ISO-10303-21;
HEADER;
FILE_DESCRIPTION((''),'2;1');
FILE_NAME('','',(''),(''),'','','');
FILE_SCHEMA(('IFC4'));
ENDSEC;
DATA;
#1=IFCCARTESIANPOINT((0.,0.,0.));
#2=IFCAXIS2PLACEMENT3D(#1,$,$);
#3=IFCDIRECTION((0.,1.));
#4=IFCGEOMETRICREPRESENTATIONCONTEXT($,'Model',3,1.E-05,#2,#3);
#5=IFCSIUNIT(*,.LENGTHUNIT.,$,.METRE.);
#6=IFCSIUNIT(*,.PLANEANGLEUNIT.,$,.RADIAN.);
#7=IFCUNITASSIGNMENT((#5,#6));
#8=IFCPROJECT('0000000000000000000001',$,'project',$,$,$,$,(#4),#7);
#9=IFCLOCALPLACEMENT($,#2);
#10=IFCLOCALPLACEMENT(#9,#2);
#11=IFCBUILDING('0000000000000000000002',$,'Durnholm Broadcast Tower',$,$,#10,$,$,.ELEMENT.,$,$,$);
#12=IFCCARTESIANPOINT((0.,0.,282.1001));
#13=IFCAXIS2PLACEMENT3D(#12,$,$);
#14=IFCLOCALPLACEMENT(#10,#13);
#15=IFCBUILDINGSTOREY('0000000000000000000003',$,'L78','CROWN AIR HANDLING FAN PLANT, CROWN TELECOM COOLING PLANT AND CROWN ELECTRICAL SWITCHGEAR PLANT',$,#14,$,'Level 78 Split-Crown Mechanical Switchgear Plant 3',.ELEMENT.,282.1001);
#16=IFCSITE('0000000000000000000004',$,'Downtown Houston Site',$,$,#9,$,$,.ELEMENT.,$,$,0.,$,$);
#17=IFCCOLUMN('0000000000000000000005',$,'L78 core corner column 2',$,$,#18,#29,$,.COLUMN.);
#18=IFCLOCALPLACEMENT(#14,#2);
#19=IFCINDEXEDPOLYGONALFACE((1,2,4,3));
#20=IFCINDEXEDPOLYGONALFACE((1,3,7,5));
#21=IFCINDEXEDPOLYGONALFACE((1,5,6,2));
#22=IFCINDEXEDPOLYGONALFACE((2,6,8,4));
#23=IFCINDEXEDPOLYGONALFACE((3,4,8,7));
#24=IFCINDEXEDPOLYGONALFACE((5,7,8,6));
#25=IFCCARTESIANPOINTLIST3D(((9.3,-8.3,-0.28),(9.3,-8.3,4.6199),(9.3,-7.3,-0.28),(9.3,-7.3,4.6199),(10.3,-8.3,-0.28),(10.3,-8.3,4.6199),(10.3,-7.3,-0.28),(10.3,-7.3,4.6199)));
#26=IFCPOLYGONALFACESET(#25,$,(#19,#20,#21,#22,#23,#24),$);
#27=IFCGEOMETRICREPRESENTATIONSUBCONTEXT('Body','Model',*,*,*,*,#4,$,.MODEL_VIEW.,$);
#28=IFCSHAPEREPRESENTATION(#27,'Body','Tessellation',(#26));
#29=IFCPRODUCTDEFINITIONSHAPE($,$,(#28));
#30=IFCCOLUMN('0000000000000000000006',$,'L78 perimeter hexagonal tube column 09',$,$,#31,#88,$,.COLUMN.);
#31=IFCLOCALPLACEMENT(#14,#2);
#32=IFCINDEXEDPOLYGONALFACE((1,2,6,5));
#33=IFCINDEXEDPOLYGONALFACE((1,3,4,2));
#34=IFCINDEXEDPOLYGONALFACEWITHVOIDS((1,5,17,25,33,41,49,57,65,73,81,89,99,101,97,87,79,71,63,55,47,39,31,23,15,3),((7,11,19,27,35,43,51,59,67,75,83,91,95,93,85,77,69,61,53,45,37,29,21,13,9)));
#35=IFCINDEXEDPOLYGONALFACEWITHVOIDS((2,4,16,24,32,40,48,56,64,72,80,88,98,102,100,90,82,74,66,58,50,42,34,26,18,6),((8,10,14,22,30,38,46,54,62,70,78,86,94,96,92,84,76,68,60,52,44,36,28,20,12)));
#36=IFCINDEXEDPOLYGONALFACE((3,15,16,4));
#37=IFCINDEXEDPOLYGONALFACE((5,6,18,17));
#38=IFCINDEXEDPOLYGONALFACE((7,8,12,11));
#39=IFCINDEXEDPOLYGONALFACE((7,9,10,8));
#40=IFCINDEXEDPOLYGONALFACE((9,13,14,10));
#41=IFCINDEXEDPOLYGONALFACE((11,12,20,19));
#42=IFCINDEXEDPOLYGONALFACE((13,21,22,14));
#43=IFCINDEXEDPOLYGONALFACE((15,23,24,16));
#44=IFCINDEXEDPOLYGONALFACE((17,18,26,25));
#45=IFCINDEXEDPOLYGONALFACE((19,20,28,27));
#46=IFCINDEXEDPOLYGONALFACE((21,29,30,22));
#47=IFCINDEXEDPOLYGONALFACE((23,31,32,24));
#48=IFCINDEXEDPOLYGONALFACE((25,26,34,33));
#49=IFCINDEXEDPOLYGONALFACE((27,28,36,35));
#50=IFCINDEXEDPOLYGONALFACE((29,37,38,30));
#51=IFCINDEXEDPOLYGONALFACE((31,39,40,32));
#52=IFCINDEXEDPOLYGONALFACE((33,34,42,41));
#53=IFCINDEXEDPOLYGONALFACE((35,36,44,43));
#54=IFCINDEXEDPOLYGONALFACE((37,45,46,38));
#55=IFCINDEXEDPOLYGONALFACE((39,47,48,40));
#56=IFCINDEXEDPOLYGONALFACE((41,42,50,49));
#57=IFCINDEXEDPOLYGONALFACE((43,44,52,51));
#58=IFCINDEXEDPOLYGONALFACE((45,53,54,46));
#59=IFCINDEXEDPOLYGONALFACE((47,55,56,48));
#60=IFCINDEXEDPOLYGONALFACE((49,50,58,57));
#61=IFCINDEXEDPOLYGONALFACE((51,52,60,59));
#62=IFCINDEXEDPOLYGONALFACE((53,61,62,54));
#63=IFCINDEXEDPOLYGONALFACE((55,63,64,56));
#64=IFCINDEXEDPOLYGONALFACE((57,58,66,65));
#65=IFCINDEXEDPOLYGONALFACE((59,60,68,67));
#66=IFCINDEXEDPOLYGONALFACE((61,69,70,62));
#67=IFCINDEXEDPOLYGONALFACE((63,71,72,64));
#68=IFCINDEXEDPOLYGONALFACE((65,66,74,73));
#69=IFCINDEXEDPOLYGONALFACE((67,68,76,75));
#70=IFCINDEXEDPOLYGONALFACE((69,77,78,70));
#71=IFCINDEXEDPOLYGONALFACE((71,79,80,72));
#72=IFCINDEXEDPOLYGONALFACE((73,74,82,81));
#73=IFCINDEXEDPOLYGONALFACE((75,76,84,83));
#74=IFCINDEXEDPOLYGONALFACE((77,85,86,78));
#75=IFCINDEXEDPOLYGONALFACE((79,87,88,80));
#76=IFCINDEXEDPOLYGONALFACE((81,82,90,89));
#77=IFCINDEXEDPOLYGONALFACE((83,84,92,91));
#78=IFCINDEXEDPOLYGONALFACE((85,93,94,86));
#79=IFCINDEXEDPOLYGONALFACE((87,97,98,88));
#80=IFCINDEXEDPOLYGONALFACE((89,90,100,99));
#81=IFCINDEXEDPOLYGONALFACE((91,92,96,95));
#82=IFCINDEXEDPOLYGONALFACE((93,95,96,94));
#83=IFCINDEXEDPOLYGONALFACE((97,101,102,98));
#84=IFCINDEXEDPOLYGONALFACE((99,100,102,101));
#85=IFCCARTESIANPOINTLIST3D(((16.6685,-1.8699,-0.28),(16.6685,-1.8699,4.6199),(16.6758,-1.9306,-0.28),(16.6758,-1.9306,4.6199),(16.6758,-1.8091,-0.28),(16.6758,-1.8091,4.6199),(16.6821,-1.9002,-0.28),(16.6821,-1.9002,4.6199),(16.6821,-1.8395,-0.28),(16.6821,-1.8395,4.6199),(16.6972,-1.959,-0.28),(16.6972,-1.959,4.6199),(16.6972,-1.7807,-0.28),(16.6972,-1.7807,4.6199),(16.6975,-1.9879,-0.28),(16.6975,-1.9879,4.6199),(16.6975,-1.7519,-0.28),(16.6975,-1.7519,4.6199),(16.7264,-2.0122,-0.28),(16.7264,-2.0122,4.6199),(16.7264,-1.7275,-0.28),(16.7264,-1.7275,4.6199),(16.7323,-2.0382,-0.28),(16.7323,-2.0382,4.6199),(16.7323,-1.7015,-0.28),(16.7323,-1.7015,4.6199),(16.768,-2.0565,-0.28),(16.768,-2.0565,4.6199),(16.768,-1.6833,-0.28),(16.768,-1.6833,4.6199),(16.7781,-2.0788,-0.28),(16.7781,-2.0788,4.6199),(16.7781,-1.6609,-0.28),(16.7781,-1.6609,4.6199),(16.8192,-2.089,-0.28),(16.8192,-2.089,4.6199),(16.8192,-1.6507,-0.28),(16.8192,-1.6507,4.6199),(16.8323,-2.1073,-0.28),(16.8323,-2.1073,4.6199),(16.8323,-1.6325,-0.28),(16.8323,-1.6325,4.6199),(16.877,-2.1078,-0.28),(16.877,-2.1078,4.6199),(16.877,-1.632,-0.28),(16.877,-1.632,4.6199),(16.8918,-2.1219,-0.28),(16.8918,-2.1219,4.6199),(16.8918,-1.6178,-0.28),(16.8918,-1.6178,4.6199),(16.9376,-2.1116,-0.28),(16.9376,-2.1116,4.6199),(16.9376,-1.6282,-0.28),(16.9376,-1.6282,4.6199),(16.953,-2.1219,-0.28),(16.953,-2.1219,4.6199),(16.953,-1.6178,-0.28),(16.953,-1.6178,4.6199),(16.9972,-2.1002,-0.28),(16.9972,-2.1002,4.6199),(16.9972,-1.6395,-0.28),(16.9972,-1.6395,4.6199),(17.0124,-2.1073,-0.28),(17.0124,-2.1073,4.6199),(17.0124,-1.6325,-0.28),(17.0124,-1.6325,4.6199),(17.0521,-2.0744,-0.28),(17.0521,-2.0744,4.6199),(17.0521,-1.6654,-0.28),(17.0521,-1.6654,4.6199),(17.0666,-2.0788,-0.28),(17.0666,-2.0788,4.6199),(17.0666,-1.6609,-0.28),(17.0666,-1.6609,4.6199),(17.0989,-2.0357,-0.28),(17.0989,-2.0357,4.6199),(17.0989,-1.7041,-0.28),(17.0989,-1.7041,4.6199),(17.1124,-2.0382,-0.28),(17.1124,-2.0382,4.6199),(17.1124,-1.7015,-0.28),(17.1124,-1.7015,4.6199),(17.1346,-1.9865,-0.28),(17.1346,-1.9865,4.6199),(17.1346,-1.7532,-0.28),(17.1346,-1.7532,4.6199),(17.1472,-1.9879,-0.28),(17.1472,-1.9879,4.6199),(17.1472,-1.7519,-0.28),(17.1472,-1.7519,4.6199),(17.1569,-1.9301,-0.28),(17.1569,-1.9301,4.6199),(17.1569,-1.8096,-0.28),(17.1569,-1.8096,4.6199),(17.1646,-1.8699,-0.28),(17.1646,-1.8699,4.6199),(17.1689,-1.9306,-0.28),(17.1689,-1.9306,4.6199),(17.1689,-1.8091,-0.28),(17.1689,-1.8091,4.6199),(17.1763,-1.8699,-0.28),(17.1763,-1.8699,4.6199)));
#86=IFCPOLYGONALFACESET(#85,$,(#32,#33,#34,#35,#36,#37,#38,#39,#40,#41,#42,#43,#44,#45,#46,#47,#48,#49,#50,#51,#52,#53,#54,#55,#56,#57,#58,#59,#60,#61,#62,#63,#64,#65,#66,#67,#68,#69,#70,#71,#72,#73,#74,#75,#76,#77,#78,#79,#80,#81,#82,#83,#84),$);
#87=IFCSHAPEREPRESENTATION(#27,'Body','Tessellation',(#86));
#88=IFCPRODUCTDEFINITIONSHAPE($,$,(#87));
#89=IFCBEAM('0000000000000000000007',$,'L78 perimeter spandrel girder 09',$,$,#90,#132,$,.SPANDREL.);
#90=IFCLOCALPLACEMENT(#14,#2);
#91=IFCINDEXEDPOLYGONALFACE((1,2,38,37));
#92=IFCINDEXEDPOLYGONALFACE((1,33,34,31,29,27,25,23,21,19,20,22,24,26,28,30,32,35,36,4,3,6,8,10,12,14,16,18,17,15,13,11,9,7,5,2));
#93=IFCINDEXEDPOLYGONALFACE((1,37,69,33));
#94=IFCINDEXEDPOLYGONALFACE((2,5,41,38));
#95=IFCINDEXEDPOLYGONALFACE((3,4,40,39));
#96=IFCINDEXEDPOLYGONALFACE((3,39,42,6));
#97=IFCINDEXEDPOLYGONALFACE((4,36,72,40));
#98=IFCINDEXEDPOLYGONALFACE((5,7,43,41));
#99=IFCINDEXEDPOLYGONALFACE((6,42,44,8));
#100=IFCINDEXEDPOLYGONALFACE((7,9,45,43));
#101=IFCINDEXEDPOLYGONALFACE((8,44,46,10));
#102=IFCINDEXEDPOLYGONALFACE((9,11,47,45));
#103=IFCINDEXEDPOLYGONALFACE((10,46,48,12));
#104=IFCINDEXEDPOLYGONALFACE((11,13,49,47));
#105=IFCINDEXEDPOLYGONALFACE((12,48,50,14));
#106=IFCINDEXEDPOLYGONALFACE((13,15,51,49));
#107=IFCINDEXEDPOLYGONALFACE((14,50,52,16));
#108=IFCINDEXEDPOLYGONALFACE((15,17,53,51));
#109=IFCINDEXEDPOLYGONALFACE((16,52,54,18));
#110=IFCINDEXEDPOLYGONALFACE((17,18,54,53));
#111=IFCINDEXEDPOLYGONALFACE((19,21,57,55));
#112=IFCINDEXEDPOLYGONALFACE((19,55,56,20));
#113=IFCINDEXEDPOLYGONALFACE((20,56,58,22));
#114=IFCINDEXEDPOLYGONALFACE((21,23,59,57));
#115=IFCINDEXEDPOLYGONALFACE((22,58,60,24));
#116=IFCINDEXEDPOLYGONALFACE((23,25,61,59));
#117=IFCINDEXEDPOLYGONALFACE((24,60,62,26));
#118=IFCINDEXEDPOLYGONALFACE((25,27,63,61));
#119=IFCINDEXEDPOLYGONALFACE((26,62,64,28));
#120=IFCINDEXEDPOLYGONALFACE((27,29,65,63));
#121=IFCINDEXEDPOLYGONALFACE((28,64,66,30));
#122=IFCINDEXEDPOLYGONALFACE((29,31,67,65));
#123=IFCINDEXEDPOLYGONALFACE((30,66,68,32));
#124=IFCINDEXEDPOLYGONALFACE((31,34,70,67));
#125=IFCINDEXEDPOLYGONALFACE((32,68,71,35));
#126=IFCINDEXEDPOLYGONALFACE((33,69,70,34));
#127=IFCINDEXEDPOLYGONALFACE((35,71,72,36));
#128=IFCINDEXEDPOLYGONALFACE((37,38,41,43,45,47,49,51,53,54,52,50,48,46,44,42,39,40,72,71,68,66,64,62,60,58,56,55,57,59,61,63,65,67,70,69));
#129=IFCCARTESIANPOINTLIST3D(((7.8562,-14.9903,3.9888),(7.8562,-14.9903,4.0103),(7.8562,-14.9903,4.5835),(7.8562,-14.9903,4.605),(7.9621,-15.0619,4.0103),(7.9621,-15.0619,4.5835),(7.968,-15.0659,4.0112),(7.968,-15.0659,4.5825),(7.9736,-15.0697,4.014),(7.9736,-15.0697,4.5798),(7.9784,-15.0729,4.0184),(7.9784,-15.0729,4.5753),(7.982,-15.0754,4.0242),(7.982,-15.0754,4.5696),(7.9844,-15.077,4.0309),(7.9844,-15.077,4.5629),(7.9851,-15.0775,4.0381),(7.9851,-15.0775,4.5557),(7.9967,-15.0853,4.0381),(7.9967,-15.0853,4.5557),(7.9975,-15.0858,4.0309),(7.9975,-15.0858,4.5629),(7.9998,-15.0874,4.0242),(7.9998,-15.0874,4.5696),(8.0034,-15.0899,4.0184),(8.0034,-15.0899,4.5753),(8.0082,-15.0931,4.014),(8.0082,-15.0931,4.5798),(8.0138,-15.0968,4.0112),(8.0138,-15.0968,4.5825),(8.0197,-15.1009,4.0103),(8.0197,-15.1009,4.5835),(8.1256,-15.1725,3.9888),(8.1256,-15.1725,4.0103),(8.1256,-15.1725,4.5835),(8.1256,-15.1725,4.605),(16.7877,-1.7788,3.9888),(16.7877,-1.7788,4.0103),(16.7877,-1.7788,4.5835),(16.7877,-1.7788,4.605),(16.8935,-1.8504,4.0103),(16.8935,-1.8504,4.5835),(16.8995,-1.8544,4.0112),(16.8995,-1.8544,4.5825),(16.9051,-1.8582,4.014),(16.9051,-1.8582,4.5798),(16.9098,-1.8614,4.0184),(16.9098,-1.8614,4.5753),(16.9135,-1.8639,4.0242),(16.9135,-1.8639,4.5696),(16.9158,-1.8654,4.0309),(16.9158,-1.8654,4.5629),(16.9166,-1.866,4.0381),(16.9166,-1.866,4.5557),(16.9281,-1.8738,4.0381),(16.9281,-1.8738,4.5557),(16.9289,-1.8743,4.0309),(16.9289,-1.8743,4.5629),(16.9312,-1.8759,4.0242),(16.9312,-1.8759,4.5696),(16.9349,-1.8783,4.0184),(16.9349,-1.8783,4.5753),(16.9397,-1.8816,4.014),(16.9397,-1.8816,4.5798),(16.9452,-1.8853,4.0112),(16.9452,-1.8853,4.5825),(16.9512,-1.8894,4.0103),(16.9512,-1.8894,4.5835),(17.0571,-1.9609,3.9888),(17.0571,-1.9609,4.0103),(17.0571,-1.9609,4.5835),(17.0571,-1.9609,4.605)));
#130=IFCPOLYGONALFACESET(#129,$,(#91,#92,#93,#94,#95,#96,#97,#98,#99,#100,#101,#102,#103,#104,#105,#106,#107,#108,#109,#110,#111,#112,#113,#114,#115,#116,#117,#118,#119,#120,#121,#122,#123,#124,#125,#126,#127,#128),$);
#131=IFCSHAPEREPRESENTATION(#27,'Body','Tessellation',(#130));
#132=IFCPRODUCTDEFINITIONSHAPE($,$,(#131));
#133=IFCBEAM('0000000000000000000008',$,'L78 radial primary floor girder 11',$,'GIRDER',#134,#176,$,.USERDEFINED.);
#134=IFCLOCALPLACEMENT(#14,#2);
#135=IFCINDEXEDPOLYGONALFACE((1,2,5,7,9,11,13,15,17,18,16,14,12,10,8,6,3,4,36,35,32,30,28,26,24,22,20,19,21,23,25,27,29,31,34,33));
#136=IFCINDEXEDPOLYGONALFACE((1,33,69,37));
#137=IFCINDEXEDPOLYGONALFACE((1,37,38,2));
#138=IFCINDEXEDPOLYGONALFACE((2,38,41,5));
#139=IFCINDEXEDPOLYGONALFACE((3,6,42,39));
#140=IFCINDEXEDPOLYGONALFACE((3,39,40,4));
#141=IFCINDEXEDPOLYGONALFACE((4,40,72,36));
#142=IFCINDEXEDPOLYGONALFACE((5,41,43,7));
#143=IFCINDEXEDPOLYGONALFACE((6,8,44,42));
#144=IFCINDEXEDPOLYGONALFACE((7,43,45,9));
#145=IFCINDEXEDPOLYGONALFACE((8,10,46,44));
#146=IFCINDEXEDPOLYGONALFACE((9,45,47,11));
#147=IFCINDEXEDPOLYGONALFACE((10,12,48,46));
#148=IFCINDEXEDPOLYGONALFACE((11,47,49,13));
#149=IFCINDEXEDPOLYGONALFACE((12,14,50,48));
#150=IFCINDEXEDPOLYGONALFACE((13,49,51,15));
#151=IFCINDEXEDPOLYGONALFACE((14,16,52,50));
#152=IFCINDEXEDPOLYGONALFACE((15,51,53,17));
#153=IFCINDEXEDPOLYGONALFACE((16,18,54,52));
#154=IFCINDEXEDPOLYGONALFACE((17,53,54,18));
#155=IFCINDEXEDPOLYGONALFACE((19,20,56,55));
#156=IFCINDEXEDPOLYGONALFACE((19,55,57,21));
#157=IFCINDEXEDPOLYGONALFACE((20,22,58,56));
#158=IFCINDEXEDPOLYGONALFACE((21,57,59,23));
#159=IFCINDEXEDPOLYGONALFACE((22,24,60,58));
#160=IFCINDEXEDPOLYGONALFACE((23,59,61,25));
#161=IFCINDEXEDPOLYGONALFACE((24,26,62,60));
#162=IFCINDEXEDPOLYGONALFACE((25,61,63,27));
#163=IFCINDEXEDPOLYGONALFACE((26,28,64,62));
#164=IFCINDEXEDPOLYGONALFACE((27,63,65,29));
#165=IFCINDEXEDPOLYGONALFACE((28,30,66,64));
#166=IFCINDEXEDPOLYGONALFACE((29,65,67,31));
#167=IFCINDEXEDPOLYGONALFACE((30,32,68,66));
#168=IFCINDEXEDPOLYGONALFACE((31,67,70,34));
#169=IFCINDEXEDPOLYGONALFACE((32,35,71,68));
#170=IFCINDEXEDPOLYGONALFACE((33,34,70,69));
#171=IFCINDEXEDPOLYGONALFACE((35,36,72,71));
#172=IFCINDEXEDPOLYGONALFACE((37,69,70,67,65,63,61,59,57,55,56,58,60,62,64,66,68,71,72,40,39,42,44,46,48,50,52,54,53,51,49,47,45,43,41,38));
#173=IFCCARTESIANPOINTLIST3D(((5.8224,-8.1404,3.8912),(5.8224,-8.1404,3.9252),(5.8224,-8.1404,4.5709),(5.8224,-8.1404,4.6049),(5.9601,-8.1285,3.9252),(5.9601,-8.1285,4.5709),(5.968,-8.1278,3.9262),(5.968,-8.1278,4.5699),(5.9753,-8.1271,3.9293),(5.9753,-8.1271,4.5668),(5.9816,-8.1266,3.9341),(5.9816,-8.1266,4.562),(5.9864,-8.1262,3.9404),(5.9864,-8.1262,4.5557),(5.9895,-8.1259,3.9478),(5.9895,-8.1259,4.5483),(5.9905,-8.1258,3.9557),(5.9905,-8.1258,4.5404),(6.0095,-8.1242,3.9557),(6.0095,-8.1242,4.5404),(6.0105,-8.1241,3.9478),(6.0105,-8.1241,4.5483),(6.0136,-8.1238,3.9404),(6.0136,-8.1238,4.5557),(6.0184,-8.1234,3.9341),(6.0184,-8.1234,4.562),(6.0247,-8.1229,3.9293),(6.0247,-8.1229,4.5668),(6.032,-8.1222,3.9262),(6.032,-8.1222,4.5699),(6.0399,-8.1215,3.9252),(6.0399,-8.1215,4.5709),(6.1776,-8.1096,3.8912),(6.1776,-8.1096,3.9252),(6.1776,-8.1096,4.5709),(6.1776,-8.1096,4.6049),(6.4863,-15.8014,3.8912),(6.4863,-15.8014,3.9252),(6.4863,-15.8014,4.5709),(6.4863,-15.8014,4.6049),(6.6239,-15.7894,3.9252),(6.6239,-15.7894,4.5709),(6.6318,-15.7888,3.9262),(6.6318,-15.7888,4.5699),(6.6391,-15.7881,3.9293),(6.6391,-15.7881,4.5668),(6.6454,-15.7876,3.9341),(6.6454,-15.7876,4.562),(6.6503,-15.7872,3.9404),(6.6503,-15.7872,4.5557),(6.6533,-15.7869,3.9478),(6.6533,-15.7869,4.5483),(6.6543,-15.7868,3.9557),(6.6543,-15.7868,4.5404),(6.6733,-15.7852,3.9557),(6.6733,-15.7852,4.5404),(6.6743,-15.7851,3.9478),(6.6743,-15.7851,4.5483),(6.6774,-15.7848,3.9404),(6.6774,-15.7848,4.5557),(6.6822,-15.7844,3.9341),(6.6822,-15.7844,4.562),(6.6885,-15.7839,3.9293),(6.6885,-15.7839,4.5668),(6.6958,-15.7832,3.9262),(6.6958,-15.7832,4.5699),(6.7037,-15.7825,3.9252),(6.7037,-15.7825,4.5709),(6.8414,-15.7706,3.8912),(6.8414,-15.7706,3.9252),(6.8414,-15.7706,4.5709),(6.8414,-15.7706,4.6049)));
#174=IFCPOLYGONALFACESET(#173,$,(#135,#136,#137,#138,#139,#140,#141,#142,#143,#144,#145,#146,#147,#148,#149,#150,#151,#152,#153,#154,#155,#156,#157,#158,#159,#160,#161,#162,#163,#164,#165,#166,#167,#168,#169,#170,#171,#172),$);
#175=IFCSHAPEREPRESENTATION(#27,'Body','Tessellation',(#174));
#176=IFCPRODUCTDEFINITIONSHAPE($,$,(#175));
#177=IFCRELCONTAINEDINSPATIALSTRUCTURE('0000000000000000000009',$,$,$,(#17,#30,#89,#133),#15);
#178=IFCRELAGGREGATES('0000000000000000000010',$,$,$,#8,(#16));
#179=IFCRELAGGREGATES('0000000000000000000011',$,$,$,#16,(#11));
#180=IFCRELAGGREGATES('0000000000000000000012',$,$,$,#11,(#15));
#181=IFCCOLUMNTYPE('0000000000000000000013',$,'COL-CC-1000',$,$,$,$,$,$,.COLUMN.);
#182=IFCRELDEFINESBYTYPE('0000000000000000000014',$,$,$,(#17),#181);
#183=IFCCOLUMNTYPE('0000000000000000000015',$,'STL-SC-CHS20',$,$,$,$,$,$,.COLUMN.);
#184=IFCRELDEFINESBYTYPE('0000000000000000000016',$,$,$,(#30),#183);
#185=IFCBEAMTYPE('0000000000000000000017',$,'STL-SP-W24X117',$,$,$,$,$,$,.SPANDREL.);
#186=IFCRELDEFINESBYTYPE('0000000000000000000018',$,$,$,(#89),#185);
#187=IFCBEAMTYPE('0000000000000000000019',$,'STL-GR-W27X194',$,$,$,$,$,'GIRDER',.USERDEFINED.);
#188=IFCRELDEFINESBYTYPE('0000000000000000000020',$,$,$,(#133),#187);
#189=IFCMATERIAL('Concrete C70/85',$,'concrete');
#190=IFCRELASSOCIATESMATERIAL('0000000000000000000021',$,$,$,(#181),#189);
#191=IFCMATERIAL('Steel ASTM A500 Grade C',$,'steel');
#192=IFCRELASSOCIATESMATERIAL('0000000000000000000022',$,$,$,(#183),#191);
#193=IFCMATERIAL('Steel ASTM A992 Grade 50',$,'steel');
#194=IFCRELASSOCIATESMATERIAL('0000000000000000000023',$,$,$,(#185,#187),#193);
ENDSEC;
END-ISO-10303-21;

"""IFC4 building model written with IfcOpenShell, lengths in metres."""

from ifc_helpers import new_model, si_unit, direction, frame, origin, origin_2d, place, context, subcontext, project, spatial, rectangle, hollow_circle, i_section, extrude, source, transform, mapped, material, material_profile, profile_set, type_object, type_shapes, element, save


model = new_model("IFC4")

# Units and contexts
model_context = context("Model", 3, precision=1e-05, world=origin(), true_north=direction((0.0, 1.0)))
body_context = subcontext(model_context, "Body", "Model", "MODEL_VIEW")
ifc_project = project(units=[si_unit("LENGTHUNIT", "METRE"), si_unit("PLANEANGLEUNIT", "RADIAN")], contexts=[model_context])

# Site, building, storey
site_placement = place(None, origin())
site = spatial("IfcSite", under=ifc_project, at=site_placement, Name="Downtown Houston Site", CompositionType="ELEMENT", RefElevation=0.0)
building_placement = place(site_placement, origin())
building = spatial("IfcBuilding", under=site, at=building_placement, Name="Durnholm Broadcast Tower", CompositionType="ELEMENT")
storey_placement = place(building_placement, frame((0.0, 0.0, 282.1001)))
storey = spatial("IfcBuildingStorey", under=building, at=storey_placement, Name="L78", Description="CROWN AIR HANDLING FAN PLANT, CROWN TELECOM COOLING PLANT AND CROWN ELECTRICAL SWITCHGEAR PLANT", LongName="Level 78 Split-Crown Mechanical Switchgear Plant 3", CompositionType="ELEMENT", Elevation=282.1001)

# Columns
ifc_material_1 = material(Name="Concrete C70/85", Category="concrete")
ifc_material_profile_1 = material_profile(ifc_material_1, rectangle(XDim=1.0, YDim=1.0, at=origin_2d()), Name="RC1000X1000")
ifc_profile_set_1 = profile_set([ifc_material_profile_1], Name="Concrete C70/85")
column_type_1 = type_object("IfcColumnType", Name="COL-CC-1000", PredefinedType="COLUMN", material=ifc_profile_set_1)
shared_shape_1 = source(origin(), body_context, "Body", "SweptSolid", [
    extrude(rectangle(XDim=1.0, YDim=1.0, at=origin_2d()), origin(), (0.0, 0.0, 1.0), 4.8999),
])
type_shapes(column_type_1, [shared_shape_1])
column_1_placement = place(storey_placement, frame((9.8, -7.8, -0.28), z_axis=(0.0, 0.0, 1.0), x_axis=(1.0, 0.0, 0.0)))
element("IfcColumn", 1, at=column_1_placement, inside=storey, type_object=column_type_1, Name="L78 core corner column 2", PredefinedType="COLUMN", context=body_context, shape_type="MappedRepresentation", body=[
    mapped(shared_shape_1, transform((0.0, 0.0, 0.0), x_axis=(1.0, 0.0, 0.0), y_axis=(0.0, 1.0, 0.0), z_axis=(0.0, 0.0, 1.0), scale=1.0)),
])
ifc_material_2 = material(Name="Steel ASTM A500 Grade C", Category="steel")
ifc_material_profile_2 = material_profile(ifc_material_2, hollow_circle(Radius=0.2539, WallThickness=0.0117, at=origin_2d()), Name="HSS20.000X0.500")
ifc_profile_set_2 = profile_set([ifc_material_profile_2], Name="Steel ASTM A500 Grade C")
column_type_2 = type_object("IfcColumnType", Name="STL-SC-CHS20", PredefinedType="COLUMN", material=ifc_profile_set_2)
shared_shape_2 = source(origin(), body_context, "Body", "SweptSolid", [
    extrude(hollow_circle(Radius=0.2539, WallThickness=0.0117, at=origin_2d()), origin(), (0.0, 0.0, 1.0), 4.8999),
])
type_shapes(column_type_2, [shared_shape_2])
column_2_placement = place(storey_placement, frame((16.9224, -1.8699, -0.28), z_axis=(0.0, 0.0, 1.0), x_axis=(1.0, 0.0, 0.0)))
element("IfcColumn", 2, at=column_2_placement, inside=storey, type_object=column_type_2, Name="L78 perimeter hexagonal tube column 09", PredefinedType="COLUMN", context=body_context, shape_type="MappedRepresentation", body=[
    mapped(shared_shape_2, transform((0.0, 0.0, 0.0), x_axis=(1.0, 0.0, 0.0), y_axis=(0.0, 1.0, 0.0), z_axis=(0.0, 0.0, 1.0), scale=1.0)),
])

# Beams
ifc_material_3 = material(Name="Steel ASTM A992 Grade 50", Category="steel")
ifc_material_profile_3 = material_profile(ifc_material_3, i_section(OverallWidth=0.3252, OverallDepth=0.6162, WebThickness=0.0139, FlangeThickness=0.0215, FilletRadius=0.0278, at=origin_2d()), Name="W24X117")
ifc_profile_set_3 = profile_set([ifc_material_profile_3], Name="Steel ASTM A992 Grade 50")
beam_type_1 = type_object("IfcBeamType", Name="STL-SP-W24X117", PredefinedType="SPANDREL", material=ifc_profile_set_3)
shared_shape_3 = source(origin(), body_context, "Body", "SweptSolid", [
    extrude(i_section(OverallWidth=0.3252, OverallDepth=0.6162, WebThickness=0.0139, FlangeThickness=0.0215, FilletRadius=0.0278, at=origin_2d()), origin(), (0.0, 0.0, 1.0), 15.9473),
])
type_shapes(beam_type_1, [shared_shape_3])
beam_1_placement = place(storey_placement, frame((16.9224, -1.8699, 4.2969), z_axis=(-0.560062, -0.828451, 0.0), x_axis=(0.828451, -0.560062, 0.0)))
element("IfcBeam", 3, at=beam_1_placement, inside=storey, type_object=beam_type_1, Name="L78 perimeter spandrel girder 09", PredefinedType="SPANDREL", context=body_context, shape_type="MappedRepresentation", body=[
    mapped(shared_shape_3, transform((0.0, 0.0, 0.0), x_axis=(1.0, 0.0, 0.0), y_axis=(0.0, 1.0, 0.0), z_axis=(0.0, 0.0, 1.0), scale=1.0)),
])
ifc_material_profile_4 = material_profile(ifc_material_3, i_section(OverallWidth=0.3564, OverallDepth=0.7136, WebThickness=0.019, FlangeThickness=0.0339, FilletRadius=0.0305, at=origin_2d()), Name="W27X194")
ifc_profile_set_4 = profile_set([ifc_material_profile_4], Name="Steel ASTM A992 Grade 50")
beam_type_2 = type_object("IfcBeamType", Name="STL-GR-W27X194", ElementType="GIRDER", PredefinedType="USERDEFINED", material=ifc_profile_set_4)
shared_shape_4 = source(origin(), body_context, "Body", "SweptSolid", [
    extrude(i_section(OverallWidth=0.3564, OverallDepth=0.7136, WebThickness=0.019, FlangeThickness=0.0339, FilletRadius=0.0305, at=origin_2d()), origin(), (0.0, 0.0, 1.0), 7.6897),
])
type_shapes(beam_type_2, [shared_shape_4])
beam_2_placement = place(storey_placement, frame((6.0, -8.125, 4.248), z_axis=(0.086327, -0.996267, 0.0), x_axis=(0.996267, 0.086327, 0.0)))
element("IfcBeam", 4, at=beam_2_placement, inside=storey, type_object=beam_type_2, Name="L78 radial primary floor girder 11", ObjectType="GIRDER", PredefinedType="USERDEFINED", context=body_context, shape_type="MappedRepresentation", body=[
    mapped(shared_shape_4, transform((0.0, 0.0, 0.0), x_axis=(1.0, 0.0, 0.0), y_axis=(0.0, 1.0, 0.0), z_axis=(0.0, 0.0, 1.0), scale=1.0)),
])

save(model, "model.ifc")
